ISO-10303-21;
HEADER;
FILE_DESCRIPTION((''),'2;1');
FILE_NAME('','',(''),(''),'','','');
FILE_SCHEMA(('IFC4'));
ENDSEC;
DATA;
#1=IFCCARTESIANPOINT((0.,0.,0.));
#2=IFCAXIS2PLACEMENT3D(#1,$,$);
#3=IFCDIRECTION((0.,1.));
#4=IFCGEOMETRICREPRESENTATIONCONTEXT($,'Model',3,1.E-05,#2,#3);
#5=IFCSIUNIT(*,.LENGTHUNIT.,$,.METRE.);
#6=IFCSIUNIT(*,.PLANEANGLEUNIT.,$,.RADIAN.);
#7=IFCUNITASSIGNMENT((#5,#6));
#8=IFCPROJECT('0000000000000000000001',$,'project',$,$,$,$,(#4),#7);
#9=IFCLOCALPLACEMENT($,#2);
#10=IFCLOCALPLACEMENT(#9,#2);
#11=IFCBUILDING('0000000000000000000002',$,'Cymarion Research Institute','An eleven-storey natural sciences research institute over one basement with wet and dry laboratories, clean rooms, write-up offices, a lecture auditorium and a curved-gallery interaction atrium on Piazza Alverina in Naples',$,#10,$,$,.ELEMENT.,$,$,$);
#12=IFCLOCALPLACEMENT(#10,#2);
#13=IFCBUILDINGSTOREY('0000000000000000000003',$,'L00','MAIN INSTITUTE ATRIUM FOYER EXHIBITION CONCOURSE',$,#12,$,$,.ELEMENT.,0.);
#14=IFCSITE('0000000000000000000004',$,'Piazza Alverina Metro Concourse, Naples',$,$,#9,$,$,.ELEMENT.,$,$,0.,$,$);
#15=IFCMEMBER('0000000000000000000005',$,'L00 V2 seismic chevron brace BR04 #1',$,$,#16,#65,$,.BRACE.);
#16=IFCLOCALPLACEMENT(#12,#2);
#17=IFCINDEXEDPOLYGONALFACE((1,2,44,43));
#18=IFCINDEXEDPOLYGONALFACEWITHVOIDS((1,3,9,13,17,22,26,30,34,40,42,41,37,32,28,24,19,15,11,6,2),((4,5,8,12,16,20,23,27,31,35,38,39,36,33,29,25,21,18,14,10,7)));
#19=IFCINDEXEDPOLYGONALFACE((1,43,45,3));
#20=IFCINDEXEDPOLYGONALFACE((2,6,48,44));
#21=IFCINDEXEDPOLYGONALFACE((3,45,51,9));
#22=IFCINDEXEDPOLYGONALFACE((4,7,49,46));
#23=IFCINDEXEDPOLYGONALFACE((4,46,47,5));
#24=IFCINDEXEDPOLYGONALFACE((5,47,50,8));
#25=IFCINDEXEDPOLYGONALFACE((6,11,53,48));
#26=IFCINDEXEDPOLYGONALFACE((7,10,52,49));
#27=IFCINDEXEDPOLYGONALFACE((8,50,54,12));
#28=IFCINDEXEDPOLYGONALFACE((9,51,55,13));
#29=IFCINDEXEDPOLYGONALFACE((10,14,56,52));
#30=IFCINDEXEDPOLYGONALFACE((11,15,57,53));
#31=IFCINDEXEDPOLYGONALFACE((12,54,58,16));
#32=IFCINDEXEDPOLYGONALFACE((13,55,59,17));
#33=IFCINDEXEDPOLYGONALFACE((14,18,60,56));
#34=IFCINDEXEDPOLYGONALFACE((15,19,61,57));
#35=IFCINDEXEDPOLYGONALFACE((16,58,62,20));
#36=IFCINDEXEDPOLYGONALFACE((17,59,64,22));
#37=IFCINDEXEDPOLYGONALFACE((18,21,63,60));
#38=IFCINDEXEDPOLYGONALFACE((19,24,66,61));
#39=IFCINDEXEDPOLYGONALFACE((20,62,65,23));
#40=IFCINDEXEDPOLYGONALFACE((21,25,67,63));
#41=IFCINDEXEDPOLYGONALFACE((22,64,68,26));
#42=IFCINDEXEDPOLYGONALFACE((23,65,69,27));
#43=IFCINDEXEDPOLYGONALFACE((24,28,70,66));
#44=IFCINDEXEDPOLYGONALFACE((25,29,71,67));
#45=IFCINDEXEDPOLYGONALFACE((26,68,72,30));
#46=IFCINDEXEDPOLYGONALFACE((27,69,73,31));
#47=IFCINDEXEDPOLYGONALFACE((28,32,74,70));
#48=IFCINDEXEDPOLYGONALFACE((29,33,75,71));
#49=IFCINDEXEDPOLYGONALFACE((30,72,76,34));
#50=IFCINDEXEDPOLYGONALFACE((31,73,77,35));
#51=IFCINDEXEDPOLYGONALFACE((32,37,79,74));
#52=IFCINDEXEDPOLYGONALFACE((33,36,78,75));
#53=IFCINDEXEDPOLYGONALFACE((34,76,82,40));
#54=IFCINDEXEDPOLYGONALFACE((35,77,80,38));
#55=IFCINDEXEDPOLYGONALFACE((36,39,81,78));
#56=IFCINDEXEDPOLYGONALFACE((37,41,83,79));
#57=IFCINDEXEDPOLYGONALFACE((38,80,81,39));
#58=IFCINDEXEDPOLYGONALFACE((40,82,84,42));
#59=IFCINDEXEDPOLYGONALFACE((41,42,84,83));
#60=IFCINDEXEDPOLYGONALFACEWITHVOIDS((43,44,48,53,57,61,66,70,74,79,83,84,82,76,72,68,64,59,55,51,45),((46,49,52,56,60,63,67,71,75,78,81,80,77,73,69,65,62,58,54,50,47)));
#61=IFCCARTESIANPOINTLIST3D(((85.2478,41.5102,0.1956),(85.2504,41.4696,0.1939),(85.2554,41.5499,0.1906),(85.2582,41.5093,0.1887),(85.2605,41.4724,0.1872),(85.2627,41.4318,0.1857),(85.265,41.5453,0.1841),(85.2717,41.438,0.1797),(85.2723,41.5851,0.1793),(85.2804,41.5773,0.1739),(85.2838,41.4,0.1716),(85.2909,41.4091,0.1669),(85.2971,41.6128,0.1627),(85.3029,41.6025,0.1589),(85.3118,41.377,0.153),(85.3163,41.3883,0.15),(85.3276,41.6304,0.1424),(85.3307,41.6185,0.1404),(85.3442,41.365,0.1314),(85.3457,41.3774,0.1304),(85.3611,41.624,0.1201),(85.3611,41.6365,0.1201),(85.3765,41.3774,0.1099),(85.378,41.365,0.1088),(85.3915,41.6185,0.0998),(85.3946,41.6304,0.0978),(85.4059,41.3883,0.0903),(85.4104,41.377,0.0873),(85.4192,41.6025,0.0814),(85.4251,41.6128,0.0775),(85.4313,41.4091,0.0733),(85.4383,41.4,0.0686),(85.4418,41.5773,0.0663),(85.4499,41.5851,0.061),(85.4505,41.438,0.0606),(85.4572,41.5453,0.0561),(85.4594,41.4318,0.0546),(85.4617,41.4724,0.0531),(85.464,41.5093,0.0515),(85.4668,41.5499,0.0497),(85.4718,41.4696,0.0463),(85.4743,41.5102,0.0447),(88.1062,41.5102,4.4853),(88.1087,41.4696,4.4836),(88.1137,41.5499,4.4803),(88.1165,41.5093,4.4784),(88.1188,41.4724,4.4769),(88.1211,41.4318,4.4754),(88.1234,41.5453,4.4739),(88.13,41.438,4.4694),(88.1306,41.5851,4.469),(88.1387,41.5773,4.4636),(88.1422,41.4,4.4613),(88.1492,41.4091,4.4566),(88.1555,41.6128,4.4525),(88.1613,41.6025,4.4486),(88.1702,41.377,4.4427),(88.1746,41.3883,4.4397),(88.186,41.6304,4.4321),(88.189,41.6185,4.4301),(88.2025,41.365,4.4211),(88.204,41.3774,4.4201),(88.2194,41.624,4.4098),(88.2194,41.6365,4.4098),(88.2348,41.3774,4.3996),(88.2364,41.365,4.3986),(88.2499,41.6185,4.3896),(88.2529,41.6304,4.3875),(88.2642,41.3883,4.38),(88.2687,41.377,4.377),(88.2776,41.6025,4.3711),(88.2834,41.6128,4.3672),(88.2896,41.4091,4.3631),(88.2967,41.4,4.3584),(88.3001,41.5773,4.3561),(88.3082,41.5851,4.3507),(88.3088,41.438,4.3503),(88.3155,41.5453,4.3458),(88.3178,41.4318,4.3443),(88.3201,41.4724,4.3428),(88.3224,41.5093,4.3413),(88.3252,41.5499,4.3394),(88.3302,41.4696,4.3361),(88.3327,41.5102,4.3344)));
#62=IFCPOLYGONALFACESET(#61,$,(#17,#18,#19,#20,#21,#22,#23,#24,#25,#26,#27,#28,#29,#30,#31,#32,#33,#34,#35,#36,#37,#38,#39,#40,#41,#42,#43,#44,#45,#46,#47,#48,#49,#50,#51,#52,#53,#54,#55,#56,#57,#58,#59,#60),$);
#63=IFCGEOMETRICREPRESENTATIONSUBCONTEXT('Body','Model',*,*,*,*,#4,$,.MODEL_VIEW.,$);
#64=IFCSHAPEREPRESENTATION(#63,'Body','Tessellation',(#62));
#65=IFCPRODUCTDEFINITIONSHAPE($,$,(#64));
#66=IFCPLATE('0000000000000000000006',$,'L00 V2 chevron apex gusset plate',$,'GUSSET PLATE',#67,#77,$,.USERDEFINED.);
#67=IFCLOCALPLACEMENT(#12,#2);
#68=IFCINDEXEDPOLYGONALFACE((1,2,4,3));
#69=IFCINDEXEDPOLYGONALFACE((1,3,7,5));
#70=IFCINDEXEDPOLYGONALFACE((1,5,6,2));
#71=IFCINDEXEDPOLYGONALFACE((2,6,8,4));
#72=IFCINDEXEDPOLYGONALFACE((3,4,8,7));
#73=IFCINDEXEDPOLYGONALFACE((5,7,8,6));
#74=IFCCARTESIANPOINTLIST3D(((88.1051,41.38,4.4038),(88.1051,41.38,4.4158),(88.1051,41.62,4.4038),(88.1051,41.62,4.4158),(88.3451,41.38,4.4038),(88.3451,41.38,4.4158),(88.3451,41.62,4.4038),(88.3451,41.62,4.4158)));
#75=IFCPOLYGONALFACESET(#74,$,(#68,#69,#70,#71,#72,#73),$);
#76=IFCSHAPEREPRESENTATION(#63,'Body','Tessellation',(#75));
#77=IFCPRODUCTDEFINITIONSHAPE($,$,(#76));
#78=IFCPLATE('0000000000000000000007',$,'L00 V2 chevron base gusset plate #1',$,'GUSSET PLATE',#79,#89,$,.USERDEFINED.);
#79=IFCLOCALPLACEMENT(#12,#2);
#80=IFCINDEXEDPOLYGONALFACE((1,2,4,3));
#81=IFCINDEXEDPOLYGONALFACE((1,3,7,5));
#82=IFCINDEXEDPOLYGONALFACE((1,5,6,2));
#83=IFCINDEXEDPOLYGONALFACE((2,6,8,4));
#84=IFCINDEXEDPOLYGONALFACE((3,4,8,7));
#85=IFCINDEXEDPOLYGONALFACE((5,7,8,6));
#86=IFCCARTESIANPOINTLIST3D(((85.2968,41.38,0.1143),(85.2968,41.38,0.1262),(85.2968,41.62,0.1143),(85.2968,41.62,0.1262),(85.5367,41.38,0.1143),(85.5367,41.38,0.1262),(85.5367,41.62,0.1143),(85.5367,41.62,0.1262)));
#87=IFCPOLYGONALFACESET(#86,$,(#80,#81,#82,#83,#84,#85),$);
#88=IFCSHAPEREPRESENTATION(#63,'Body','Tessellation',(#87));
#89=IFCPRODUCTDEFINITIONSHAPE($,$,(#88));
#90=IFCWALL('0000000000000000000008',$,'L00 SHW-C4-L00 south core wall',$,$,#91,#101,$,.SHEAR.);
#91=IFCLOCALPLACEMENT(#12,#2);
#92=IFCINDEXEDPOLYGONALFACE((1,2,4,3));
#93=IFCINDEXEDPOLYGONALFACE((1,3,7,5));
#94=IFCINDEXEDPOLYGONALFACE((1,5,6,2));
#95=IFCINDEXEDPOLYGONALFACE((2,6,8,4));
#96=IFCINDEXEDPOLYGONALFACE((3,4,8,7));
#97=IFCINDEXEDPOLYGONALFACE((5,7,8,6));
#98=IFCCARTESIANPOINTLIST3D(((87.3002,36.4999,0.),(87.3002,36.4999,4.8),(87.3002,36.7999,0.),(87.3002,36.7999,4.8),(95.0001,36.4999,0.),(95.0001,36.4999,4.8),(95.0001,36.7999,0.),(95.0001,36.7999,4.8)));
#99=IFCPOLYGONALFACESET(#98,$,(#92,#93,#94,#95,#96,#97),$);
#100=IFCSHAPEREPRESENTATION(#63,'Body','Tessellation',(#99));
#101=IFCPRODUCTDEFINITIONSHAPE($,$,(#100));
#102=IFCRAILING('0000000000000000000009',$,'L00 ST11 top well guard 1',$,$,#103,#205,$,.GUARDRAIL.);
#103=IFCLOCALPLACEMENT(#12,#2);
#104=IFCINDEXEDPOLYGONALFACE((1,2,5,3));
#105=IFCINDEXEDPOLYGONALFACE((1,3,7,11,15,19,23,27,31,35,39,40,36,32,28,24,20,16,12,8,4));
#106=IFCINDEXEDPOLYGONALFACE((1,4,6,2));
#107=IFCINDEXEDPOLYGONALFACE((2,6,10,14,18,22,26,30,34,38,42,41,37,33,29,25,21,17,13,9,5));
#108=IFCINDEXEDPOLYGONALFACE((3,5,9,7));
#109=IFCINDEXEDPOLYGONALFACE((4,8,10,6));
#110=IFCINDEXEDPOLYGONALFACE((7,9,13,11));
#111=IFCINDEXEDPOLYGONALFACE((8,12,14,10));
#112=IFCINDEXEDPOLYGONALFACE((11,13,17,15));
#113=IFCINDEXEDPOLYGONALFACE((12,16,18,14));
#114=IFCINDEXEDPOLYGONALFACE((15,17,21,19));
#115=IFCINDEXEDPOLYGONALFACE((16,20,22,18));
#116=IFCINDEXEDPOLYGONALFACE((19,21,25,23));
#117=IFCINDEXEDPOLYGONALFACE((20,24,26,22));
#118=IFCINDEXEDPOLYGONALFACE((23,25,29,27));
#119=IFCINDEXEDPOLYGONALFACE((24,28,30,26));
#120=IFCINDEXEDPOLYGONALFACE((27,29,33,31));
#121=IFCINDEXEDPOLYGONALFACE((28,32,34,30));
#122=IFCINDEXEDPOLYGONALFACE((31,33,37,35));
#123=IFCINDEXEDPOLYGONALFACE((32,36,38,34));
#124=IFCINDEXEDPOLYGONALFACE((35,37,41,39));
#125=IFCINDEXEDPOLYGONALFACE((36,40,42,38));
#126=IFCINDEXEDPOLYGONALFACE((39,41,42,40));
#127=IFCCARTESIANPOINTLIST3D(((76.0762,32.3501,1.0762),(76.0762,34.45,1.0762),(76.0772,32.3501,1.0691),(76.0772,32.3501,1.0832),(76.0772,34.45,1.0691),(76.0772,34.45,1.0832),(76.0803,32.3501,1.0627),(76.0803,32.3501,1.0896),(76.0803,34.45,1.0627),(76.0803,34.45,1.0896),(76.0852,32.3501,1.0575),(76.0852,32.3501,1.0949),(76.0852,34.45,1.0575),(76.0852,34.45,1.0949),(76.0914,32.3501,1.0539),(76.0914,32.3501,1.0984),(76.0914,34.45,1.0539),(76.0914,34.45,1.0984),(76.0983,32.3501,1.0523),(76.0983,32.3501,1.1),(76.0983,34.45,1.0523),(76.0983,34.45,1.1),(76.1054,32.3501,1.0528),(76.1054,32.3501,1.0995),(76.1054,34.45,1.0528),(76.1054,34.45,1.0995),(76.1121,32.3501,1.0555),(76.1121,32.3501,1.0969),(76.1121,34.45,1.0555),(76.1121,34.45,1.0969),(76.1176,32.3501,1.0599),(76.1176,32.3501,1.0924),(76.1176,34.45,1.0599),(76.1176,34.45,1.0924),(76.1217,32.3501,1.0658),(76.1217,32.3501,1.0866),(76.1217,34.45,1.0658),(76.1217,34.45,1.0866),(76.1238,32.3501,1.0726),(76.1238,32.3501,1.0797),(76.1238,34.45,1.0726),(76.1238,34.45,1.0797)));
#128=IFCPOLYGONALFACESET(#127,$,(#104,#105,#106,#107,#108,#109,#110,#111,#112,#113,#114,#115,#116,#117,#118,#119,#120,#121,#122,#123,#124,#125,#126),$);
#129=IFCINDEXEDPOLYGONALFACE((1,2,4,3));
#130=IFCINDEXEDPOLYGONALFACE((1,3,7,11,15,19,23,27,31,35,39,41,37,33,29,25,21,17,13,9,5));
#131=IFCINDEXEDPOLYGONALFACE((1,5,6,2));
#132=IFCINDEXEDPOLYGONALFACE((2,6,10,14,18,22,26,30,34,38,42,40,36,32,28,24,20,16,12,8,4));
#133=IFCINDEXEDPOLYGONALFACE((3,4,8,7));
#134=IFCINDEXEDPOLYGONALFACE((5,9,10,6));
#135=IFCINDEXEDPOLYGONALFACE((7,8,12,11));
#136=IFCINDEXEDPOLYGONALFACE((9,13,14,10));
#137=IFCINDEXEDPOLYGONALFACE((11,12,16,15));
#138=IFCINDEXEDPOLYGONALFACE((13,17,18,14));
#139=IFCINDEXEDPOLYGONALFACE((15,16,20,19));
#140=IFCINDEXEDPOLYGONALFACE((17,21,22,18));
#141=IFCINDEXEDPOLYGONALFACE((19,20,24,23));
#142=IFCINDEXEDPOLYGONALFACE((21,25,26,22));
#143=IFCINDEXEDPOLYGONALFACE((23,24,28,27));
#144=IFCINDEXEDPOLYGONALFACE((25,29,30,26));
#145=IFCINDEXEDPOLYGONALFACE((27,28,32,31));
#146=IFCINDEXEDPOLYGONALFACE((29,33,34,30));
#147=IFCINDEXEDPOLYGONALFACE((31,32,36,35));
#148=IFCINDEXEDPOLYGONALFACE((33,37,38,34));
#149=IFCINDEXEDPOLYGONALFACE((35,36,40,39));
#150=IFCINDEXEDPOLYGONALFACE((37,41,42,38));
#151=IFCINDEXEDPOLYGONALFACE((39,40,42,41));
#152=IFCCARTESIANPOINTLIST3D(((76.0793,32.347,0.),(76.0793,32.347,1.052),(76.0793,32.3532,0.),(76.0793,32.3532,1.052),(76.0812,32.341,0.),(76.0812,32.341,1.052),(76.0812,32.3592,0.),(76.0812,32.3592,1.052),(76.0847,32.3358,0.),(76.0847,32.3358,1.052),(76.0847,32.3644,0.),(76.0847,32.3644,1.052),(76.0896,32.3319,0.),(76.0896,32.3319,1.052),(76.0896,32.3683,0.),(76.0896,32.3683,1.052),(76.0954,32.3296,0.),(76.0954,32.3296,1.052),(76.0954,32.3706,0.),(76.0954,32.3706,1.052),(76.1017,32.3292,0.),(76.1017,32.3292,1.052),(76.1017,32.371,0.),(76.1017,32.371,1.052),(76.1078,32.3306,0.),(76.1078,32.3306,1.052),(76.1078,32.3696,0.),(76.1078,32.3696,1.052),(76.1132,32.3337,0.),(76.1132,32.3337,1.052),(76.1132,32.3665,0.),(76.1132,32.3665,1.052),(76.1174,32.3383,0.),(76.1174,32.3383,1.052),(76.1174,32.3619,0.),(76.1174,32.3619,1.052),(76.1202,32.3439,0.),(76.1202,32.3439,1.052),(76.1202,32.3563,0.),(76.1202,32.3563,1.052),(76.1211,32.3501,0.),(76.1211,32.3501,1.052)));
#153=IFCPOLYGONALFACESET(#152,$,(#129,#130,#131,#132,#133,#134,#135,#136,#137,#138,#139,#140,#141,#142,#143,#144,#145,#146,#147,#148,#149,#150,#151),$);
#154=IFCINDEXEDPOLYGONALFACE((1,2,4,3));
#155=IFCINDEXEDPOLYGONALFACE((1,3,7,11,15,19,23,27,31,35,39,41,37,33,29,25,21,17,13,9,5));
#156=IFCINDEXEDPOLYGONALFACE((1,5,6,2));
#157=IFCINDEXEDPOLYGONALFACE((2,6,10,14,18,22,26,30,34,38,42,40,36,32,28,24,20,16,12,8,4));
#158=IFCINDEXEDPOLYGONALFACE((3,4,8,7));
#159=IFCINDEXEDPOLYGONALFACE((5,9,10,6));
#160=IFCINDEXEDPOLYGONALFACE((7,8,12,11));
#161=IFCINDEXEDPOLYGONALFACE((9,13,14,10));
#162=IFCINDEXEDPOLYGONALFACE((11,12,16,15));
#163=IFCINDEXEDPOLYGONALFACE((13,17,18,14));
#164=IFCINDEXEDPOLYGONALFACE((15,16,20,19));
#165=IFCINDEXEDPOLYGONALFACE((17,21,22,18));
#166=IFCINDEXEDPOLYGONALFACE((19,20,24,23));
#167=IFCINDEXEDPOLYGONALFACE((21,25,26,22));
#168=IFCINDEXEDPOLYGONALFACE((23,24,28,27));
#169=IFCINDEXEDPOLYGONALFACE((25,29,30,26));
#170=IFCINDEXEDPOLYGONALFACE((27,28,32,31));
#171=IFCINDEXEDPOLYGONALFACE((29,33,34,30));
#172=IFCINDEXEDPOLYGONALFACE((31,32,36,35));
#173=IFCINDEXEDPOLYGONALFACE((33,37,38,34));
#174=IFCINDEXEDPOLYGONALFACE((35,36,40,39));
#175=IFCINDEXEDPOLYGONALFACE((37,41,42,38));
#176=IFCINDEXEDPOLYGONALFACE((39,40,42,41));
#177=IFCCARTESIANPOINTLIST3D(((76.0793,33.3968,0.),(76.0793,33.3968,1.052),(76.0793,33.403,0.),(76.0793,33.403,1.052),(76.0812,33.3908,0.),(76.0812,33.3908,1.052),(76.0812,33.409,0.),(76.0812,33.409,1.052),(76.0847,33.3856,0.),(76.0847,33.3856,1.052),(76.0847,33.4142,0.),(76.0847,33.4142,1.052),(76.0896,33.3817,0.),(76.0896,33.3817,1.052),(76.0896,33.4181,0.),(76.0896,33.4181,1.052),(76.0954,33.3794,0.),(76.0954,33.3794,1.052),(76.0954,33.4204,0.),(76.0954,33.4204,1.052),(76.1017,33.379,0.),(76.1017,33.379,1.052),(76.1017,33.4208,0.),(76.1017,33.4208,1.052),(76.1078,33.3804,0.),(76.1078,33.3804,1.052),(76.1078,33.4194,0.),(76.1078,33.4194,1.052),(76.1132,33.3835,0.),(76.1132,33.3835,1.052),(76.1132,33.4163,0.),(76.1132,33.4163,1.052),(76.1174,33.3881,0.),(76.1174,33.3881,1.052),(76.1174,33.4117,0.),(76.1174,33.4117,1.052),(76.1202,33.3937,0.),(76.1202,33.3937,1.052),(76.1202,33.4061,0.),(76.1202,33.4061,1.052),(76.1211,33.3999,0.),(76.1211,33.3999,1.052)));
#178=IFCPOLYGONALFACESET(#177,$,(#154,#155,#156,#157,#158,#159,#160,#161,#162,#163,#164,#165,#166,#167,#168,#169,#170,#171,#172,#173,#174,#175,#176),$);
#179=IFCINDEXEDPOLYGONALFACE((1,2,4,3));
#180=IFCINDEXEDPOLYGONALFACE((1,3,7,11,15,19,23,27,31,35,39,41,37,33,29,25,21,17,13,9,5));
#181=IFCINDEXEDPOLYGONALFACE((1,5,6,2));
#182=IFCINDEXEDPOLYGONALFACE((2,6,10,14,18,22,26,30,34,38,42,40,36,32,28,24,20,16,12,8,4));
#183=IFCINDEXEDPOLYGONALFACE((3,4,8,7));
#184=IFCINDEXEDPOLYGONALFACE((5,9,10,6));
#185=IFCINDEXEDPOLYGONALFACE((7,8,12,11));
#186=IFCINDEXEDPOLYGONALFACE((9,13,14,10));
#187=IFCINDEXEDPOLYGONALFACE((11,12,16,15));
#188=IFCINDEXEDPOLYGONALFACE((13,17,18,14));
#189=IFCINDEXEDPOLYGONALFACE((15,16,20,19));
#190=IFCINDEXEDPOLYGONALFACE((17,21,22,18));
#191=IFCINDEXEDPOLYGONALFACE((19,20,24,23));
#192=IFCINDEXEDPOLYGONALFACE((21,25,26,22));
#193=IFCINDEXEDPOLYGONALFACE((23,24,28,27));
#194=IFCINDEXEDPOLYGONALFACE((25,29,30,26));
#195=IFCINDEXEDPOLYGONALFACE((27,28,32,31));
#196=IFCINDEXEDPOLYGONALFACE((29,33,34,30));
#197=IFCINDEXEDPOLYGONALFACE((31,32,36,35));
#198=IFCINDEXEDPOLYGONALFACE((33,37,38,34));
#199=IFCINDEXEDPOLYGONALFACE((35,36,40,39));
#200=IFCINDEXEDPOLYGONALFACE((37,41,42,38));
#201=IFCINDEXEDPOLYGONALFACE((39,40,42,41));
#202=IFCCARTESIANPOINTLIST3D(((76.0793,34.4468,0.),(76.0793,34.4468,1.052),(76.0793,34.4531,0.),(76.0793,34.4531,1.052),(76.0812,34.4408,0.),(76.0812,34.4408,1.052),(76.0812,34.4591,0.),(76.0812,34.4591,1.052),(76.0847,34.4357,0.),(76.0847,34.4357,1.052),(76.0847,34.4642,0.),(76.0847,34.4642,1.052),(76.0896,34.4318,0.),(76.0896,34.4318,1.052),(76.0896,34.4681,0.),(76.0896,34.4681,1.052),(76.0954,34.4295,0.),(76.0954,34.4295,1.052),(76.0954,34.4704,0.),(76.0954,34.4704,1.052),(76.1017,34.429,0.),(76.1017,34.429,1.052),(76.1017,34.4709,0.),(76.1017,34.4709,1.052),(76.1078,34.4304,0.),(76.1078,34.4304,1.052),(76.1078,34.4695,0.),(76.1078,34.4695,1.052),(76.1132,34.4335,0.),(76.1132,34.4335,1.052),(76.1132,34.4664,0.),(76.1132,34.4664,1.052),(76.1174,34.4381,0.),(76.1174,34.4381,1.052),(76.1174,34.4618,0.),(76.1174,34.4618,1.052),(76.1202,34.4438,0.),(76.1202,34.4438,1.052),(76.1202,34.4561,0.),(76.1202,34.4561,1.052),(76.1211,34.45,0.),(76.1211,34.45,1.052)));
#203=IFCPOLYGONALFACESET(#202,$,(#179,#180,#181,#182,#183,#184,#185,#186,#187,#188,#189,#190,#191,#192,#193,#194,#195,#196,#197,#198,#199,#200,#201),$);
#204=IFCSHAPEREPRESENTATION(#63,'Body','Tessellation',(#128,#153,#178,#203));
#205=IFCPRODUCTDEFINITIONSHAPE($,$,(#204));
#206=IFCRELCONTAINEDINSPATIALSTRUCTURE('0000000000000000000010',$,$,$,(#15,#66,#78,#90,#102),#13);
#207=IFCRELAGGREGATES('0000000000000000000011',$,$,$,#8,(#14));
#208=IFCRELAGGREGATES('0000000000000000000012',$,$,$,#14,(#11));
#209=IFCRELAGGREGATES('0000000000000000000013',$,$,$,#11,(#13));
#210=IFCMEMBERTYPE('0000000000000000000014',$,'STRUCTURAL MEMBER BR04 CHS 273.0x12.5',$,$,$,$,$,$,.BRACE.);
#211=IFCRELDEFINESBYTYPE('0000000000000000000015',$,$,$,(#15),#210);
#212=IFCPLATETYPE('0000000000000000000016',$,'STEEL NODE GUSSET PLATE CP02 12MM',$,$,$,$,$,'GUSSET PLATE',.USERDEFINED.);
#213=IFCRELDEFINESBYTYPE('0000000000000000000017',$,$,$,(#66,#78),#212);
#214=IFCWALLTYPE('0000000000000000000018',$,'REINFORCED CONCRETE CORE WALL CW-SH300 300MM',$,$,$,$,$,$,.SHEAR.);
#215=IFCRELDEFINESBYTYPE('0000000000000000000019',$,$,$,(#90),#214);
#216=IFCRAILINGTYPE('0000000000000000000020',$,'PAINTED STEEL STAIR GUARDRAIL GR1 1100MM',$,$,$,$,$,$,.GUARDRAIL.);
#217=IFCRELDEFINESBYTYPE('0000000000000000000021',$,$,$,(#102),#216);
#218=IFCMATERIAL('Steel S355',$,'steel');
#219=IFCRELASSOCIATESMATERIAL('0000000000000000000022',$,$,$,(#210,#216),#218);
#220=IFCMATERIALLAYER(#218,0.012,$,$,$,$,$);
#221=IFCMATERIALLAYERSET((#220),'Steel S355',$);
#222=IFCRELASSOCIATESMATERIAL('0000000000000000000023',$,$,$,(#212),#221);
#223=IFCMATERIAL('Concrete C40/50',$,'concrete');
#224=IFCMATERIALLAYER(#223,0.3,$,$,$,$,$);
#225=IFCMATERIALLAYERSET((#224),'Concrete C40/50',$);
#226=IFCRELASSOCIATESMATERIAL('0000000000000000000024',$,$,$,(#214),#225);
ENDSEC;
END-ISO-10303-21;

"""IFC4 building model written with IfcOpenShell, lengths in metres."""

from ifc_helpers import new_model, si_unit, direction, frame, frame_2d, origin, origin_2d, place, context, subcontext, project, spatial, rectangle, circle, hollow_circle, extrude, material, layer, layer_set, material_profile, profile_set, type_object, element, save


model = new_model("IFC4")

# Units and contexts
model_context = context("Model", 3, precision=1e-05, world=origin(), true_north=direction((0.0, 1.0)))
body_context = subcontext(model_context, "Body", "Model", "MODEL_VIEW")
ifc_project = project(units=[si_unit("LENGTHUNIT", "METRE"), si_unit("PLANEANGLEUNIT", "RADIAN")], contexts=[model_context])

# Site, building, storey
site_placement = place(None, origin())
site = spatial("IfcSite", under=ifc_project, at=site_placement, Name="Piazza Alverina Metro Concourse, Naples", CompositionType="ELEMENT", RefElevation=0.0)
building_placement = place(site_placement, origin())
building = spatial("IfcBuilding", under=site, at=building_placement, Name="Cymarion Research Institute", Description="An eleven-storey natural sciences research institute over one basement with wet and dry laboratories, clean rooms, write-up offices, a lecture auditorium and a curved-gallery interaction atrium on Piazza Alverina in Naples", CompositionType="ELEMENT")
storey_placement = place(building_placement, origin())
storey = spatial("IfcBuildingStorey", under=building, at=storey_placement, Name="L00", Description="MAIN INSTITUTE ATRIUM FOYER EXHIBITION CONCOURSE", CompositionType="ELEMENT", Elevation=0.0)

# Shared definitions
ifc_material_1 = material(Name="Steel S355", Category="steel")

# Shared definitions
ifc_material_2 = material(Name="Concrete C40/50", Category="concrete")

# Member
ifc_material_profile_1 = material_profile(ifc_material_1, hollow_circle(Radius=0.1365, WallThickness=0.0125, at=origin_2d()), Name="CHS 273.0x12.5")
ifc_profile_set_1 = profile_set([ifc_material_profile_1], Name="Steel S355")
member_type = type_object("IfcMemberType", Name="STRUCTURAL MEMBER BR04 CHS 273.0x12.5", PredefinedType="BRACE", material=ifc_profile_set_1)
member_placement = place(storey_placement, frame((85.3611, 41.5, 0.1201), z_axis=(0.554503, 0.0, 0.832181), x_axis=(0.0, 1.0, 0.0)))
element("IfcMember", 1, at=member_placement, inside=storey, type_object=member_type, Name="L00 V2 seismic chevron brace BR04 #1", PredefinedType="BRACE", context=body_context, shape_type="SweptSolid", body=[
    extrude(hollow_circle(Radius=0.1365, WallThickness=0.0125, at=origin_2d()), origin(), (0.0, 0.0, 1.0), 5.1548),
])

# Plates
ifc_layer_1 = layer(ifc_material_1, 0.012)
ifc_layer_set_1 = layer_set([ifc_layer_1], Name="Steel S355")
plate_type = type_object("IfcPlateType", Name="STEEL NODE GUSSET PLATE CP02 12MM", ElementType="GUSSET PLATE", PredefinedType="USERDEFINED", material=ifc_layer_set_1)
for number, where, z_axis, x_axis, name in (
    (2, (88.2251, 41.5, 4.4038), (0.0, 0.0, 1.0), (1.0, 0.0, 0.0), "L00 V2 chevron apex gusset plate"),
    (3, (85.4167, 41.5, 0.1143), (0.0, 0.0, 1.0), (1.0, 0.0, 0.0), "L00 V2 chevron base gusset plate #1"),
):
    element("IfcPlate", number, at=place(storey_placement, frame(where, z_axis=z_axis, x_axis=x_axis)), inside=storey, type_object=plate_type, Name=name, ObjectType="GUSSET PLATE", PredefinedType="USERDEFINED", context=body_context, shape_type="SweptSolid", body=[
        extrude(rectangle(XDim=0.24, YDim=0.24, at=origin_2d()), origin(), (0.0, 0.0, 1.0), 0.012),
    ])

# Wall
ifc_layer_2 = layer(ifc_material_2, 0.3)
ifc_layer_set_2 = layer_set([ifc_layer_2], Name="Concrete C40/50")
wall_type = type_object("IfcWallType", Name="REINFORCED CONCRETE CORE WALL CW-SH300 300MM", PredefinedType="SHEAR", material=ifc_layer_set_2)
wall_1_placement = place(storey_placement, frame((87.3, 36.6499, 0.0), z_axis=(0.0, 0.0, 1.0), x_axis=(1.0, 0.0, 0.0)))
element("IfcWall", 4, at=wall_1_placement, inside=storey, type_object=wall_type, Name="L00 SHW-C4-L00 south core wall", PredefinedType="SHEAR", context=body_context, shape_type="SweptSolid", body=[
    extrude(rectangle(XDim=7.7, YDim=0.3, at=frame_2d((3.8501, 0.0))), origin(), (0.0, 0.0, 1.0), 4.8),
])

# Railing
railing_type = type_object("IfcRailingType", Name="PAINTED STEEL STAIR GUARDRAIL GR1 1100MM", PredefinedType="GUARDRAIL", material=ifc_material_1)
railing_1_placement = place(storey_placement, frame((76.1001, 32.3501, 0.0)))
element("IfcRailing", 5, at=railing_1_placement, inside=storey, type_object=railing_type, Name="L00 ST11 top well guard 1", PredefinedType="GUARDRAIL", context=body_context, shape_type="SweptSolid", body=[
    extrude(circle(Radius=0.0239, at=origin_2d()), frame((0.0, 0.0, 1.0762), z_axis=(0.0, 1.0, 0.0), x_axis=(-1.0, 0.0, 0.0)), (0.0, 0.0, 1.0), 2.0999),
    extrude(circle(Radius=0.021, at=origin_2d()), origin(), (0.0, 0.0, 1.0), 1.052),
    extrude(circle(Radius=0.021, at=origin_2d()), frame((0.0, 1.0498, 0.0)), (0.0, 0.0, 1.0), 1.052),
    extrude(circle(Radius=0.021, at=origin_2d()), frame((0.0, 2.0999, 0.0)), (0.0, 0.0, 1.0), 1.052),
])

save(model, "model.ifc")
